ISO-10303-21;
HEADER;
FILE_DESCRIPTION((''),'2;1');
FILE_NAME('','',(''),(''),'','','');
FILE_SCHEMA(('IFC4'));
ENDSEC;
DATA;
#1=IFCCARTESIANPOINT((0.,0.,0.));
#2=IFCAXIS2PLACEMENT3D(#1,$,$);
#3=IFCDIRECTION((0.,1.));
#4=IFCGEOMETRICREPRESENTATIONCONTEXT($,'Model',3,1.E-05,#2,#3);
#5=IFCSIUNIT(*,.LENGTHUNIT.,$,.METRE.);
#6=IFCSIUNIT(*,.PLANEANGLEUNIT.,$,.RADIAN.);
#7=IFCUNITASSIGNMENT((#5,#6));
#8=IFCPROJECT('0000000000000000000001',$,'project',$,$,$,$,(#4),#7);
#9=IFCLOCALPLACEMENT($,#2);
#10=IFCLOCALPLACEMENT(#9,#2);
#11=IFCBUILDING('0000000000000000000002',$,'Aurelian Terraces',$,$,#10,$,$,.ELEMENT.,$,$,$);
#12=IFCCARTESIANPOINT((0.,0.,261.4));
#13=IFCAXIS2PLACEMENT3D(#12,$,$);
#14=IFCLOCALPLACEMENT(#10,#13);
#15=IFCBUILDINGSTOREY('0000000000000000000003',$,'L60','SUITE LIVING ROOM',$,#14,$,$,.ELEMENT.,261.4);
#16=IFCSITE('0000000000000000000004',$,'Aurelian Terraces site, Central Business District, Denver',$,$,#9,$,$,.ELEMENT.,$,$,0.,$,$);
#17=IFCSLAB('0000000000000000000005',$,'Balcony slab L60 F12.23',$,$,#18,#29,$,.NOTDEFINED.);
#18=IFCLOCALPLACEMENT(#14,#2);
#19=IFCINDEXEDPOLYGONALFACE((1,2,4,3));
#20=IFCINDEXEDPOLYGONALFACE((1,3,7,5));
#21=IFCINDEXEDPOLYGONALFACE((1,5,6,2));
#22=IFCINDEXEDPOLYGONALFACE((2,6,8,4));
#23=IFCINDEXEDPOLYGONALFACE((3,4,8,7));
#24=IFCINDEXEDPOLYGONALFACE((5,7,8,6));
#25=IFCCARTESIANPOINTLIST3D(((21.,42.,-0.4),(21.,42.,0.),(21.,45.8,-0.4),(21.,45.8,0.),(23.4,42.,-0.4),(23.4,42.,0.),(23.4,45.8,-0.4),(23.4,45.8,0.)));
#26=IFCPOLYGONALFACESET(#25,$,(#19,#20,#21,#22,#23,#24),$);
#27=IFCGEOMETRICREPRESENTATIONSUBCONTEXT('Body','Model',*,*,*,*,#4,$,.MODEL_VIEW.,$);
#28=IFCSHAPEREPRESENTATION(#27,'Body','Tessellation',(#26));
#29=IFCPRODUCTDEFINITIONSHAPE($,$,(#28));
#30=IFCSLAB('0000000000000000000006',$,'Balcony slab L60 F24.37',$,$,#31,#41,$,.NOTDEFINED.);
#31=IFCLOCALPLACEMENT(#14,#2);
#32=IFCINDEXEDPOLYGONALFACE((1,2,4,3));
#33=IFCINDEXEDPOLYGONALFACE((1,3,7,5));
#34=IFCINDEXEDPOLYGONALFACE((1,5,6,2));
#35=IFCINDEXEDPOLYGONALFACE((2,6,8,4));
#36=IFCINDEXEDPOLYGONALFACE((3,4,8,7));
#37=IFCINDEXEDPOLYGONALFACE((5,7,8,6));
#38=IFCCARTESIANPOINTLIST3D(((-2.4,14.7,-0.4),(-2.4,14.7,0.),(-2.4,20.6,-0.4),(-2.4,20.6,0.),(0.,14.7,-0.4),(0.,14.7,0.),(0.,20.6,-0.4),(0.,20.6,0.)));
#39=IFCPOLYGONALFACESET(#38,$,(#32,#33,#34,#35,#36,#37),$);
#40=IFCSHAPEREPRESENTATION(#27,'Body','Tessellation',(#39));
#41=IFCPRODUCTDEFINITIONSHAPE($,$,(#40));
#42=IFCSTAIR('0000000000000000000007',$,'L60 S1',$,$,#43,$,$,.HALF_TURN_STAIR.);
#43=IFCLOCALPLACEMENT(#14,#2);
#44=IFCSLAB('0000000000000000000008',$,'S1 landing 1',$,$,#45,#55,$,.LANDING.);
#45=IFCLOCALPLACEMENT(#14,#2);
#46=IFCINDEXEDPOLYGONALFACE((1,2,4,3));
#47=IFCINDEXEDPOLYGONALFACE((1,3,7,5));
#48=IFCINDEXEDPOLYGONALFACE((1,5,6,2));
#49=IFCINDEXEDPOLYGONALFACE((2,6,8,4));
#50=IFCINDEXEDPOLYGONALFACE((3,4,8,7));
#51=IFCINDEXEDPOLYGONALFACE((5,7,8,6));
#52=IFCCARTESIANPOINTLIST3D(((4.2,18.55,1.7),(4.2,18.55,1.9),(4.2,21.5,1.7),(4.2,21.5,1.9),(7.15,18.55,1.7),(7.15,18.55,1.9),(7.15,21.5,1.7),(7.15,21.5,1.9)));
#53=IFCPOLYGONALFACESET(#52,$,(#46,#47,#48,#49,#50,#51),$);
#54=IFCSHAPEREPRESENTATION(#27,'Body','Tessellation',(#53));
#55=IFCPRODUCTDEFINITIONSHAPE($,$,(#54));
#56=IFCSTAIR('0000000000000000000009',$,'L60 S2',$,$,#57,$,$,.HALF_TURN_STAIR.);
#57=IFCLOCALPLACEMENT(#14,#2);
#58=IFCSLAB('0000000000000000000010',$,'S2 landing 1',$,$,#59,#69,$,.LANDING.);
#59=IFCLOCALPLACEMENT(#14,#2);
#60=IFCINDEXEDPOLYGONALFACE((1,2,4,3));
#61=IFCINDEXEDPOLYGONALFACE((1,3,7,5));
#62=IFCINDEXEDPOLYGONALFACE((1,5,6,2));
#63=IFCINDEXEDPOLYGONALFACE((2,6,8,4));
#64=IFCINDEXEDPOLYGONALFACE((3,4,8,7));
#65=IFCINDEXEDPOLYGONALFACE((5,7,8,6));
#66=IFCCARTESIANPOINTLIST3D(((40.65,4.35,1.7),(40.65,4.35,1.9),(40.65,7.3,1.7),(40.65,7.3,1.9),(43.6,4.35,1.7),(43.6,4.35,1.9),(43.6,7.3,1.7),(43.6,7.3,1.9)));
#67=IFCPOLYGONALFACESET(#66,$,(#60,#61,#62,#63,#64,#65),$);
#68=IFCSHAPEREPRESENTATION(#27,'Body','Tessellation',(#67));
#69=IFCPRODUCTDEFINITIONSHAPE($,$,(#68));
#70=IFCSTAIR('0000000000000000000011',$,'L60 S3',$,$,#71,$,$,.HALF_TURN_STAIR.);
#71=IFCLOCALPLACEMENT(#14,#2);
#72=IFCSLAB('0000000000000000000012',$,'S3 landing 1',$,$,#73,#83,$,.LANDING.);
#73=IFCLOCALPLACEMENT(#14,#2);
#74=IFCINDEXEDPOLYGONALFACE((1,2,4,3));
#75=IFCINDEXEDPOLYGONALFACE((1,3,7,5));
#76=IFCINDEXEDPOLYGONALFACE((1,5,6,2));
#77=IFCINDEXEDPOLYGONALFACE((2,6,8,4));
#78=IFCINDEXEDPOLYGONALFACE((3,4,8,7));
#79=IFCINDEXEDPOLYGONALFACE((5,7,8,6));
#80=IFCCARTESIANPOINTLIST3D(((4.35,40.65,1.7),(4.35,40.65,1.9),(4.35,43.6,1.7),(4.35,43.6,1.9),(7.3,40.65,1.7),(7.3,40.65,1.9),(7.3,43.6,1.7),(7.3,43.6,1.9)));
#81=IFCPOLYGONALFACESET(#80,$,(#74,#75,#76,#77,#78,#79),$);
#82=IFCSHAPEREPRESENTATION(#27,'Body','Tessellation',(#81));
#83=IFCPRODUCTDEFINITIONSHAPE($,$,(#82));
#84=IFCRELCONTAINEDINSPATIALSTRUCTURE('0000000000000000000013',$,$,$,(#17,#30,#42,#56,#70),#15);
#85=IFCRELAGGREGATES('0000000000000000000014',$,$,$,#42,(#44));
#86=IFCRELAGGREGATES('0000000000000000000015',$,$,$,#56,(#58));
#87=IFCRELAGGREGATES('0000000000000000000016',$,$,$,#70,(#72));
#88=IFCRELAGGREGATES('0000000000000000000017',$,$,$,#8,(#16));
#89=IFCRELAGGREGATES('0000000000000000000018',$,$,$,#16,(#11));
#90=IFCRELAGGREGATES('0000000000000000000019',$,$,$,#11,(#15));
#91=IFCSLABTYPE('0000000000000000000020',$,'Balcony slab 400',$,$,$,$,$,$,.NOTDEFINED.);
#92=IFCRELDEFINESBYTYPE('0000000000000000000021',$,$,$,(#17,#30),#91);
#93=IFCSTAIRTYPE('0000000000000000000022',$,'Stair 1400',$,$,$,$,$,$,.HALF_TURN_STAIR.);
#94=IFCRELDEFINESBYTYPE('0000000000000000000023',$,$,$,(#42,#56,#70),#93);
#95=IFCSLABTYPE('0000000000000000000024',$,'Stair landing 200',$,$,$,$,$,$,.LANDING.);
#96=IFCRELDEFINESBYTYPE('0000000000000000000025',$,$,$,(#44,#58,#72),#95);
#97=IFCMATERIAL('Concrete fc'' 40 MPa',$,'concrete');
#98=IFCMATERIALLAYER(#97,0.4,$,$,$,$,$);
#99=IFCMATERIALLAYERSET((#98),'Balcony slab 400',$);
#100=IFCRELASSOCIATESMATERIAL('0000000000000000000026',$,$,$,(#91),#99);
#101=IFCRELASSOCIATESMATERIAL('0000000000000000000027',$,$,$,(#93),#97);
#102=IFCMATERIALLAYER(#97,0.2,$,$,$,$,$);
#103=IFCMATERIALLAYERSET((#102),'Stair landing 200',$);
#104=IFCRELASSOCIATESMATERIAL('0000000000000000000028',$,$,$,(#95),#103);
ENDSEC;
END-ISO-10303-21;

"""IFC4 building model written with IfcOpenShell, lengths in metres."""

from ifc_helpers import new_model, si_unit, direction, frame, origin, place, context, subcontext, project, spatial, polyline, outline, extrude, source, transform, mapped, material, layer, layer_set, type_object, element, aggregate, save


model = new_model("IFC4")

# Units and contexts
model_context = context("Model", 3, precision=1e-05, world=origin(), true_north=direction((0.0, 1.0)))
body_context = subcontext(model_context, "Body", "Model", "MODEL_VIEW")
ifc_project = project(units=[si_unit("LENGTHUNIT", "METRE"), si_unit("PLANEANGLEUNIT", "RADIAN")], contexts=[model_context])

# Site, building, storey
site_placement = place(None, origin())
site = spatial("IfcSite", under=ifc_project, at=site_placement, Name="Aurelian Terraces site, Central Business District, Denver", CompositionType="ELEMENT", RefElevation=0.0)
building_placement = place(site_placement, origin())
building = spatial("IfcBuilding", under=site, at=building_placement, Name="Aurelian Terraces", CompositionType="ELEMENT")
storey_placement = place(building_placement, frame((0.0, 0.0, 261.4)))
storey = spatial("IfcBuildingStorey", under=building, at=storey_placement, Name="L60", Description="SUITE LIVING ROOM", CompositionType="ELEMENT", Elevation=261.4)

# Slabs
ifc_material = material(Name="Concrete fc' 40 MPa", Category="concrete")
ifc_layer_1 = layer(ifc_material, 0.4)
ifc_layer_set_1 = layer_set([ifc_layer_1], Name="Balcony slab 400")
slab_type_1 = type_object("IfcSlabType", Name="Balcony slab 400", PredefinedType="NOTDEFINED", material=ifc_layer_set_1)
shared_shape_1 = source(origin(), body_context, "Body", "SweptSolid", [
    extrude(outline(polyline([(21.0, 42.0), (21.0, 45.8), (23.4, 45.8), (23.4, 42.0), (21.0, 42.0)])), origin(), (0.0, 0.0, 1.0), 0.4),
])
slab_1_placement = place(storey_placement, frame((0.0, 0.0, -0.4)))
element("IfcSlab", 1, at=slab_1_placement, inside=storey, type_object=slab_type_1, Name="Balcony slab L60 F12.23", PredefinedType="NOTDEFINED", context=body_context, shape_type="MappedRepresentation", body=[
    mapped(shared_shape_1, transform((0.0, 0.0, 0.0), scale=1.0)),
])
shared_shape_2 = source(origin(), body_context, "Body", "SweptSolid", [
    extrude(outline(polyline([(0.0, 20.6), (0.0, 14.7), (-2.4, 14.7), (-2.4, 20.6), (0.0, 20.6)])), origin(), (0.0, 0.0, 1.0), 0.4),
])
slab_2_placement = place(storey_placement, frame((0.0, 0.0, -0.4)))
element("IfcSlab", 2, at=slab_2_placement, inside=storey, type_object=slab_type_1, Name="Balcony slab L60 F24.37", PredefinedType="NOTDEFINED", context=body_context, shape_type="MappedRepresentation", body=[
    mapped(shared_shape_2, transform((0.0, 0.0, 0.0), scale=1.0)),
])

# Stairs, slabs
stair_type = type_object("IfcStairType", Name="Stair 1400", PredefinedType="HALF_TURN_STAIR", material=ifc_material)
stair_1_placement = place(storey_placement, origin())
stair_1 = element("IfcStair", 3, at=stair_1_placement, inside=storey, type_object=stair_type, Name="L60 S1", PredefinedType="HALF_TURN_STAIR")
ifc_layer_2 = layer(ifc_material, 0.2)
ifc_layer_set_2 = layer_set([ifc_layer_2], Name="Stair landing 200")
slab_type_2 = type_object("IfcSlabType", Name="Stair landing 200", PredefinedType="LANDING", material=ifc_layer_set_2)
shared_shape_3 = source(origin(), body_context, "Body", "SweptSolid", [
    extrude(outline(polyline([(7.15, 18.55), (7.15, 21.5), (4.2, 21.5), (4.2, 18.55), (7.15, 18.55)])), origin(), (0.0, 0.0, 1.0), 0.2),
])
slab_3_placement = place(storey_placement, frame((0.0, 0.0, 1.7)))
slab_3 = element("IfcSlab", 4, at=slab_3_placement, type_object=slab_type_2, Name="S1 landing 1", PredefinedType="LANDING", context=body_context, shape_type="MappedRepresentation", body=[
    mapped(shared_shape_3, transform((0.0, 0.0, 0.0), scale=1.0)),
])
aggregate(stair_1, [slab_3])
stair_2_placement = place(storey_placement, origin())
stair_2 = element("IfcStair", 5, at=stair_2_placement, inside=storey, type_object=stair_type, Name="L60 S2", PredefinedType="HALF_TURN_STAIR")
shared_shape_4 = source(origin(), body_context, "Body", "SweptSolid", [
    extrude(outline(polyline([(43.6, 4.35), (43.6, 7.3), (40.65, 7.3), (40.65, 4.35), (43.6, 4.35)])), origin(), (0.0, 0.0, 1.0), 0.2),
])
slab_4_placement = place(storey_placement, frame((0.0, 0.0, 1.7)))
slab_4 = element("IfcSlab", 6, at=slab_4_placement, type_object=slab_type_2, Name="S2 landing 1", PredefinedType="LANDING", context=body_context, shape_type="MappedRepresentation", body=[
    mapped(shared_shape_4, transform((0.0, 0.0, 0.0), scale=1.0)),
])
aggregate(stair_2, [slab_4])
stair_3_placement = place(storey_placement, origin())
stair_3 = element("IfcStair", 7, at=stair_3_placement, inside=storey, type_object=stair_type, Name="L60 S3", PredefinedType="HALF_TURN_STAIR")
shared_shape_5 = source(origin(), body_context, "Body", "SweptSolid", [
    extrude(outline(polyline([(4.35, 40.65), (7.3, 40.65), (7.3, 43.6), (4.35, 43.6), (4.35, 40.65)])), origin(), (0.0, 0.0, 1.0), 0.2),
])
slab_5_placement = place(storey_placement, frame((0.0, 0.0, 1.7)))
slab_5 = element("IfcSlab", 8, at=slab_5_placement, type_object=slab_type_2, Name="S3 landing 1", PredefinedType="LANDING", context=body_context, shape_type="MappedRepresentation", body=[
    mapped(shared_shape_5, transform((0.0, 0.0, 0.0), scale=1.0)),
])
aggregate(stair_3, [slab_5])

save(model, "model.ifc")
